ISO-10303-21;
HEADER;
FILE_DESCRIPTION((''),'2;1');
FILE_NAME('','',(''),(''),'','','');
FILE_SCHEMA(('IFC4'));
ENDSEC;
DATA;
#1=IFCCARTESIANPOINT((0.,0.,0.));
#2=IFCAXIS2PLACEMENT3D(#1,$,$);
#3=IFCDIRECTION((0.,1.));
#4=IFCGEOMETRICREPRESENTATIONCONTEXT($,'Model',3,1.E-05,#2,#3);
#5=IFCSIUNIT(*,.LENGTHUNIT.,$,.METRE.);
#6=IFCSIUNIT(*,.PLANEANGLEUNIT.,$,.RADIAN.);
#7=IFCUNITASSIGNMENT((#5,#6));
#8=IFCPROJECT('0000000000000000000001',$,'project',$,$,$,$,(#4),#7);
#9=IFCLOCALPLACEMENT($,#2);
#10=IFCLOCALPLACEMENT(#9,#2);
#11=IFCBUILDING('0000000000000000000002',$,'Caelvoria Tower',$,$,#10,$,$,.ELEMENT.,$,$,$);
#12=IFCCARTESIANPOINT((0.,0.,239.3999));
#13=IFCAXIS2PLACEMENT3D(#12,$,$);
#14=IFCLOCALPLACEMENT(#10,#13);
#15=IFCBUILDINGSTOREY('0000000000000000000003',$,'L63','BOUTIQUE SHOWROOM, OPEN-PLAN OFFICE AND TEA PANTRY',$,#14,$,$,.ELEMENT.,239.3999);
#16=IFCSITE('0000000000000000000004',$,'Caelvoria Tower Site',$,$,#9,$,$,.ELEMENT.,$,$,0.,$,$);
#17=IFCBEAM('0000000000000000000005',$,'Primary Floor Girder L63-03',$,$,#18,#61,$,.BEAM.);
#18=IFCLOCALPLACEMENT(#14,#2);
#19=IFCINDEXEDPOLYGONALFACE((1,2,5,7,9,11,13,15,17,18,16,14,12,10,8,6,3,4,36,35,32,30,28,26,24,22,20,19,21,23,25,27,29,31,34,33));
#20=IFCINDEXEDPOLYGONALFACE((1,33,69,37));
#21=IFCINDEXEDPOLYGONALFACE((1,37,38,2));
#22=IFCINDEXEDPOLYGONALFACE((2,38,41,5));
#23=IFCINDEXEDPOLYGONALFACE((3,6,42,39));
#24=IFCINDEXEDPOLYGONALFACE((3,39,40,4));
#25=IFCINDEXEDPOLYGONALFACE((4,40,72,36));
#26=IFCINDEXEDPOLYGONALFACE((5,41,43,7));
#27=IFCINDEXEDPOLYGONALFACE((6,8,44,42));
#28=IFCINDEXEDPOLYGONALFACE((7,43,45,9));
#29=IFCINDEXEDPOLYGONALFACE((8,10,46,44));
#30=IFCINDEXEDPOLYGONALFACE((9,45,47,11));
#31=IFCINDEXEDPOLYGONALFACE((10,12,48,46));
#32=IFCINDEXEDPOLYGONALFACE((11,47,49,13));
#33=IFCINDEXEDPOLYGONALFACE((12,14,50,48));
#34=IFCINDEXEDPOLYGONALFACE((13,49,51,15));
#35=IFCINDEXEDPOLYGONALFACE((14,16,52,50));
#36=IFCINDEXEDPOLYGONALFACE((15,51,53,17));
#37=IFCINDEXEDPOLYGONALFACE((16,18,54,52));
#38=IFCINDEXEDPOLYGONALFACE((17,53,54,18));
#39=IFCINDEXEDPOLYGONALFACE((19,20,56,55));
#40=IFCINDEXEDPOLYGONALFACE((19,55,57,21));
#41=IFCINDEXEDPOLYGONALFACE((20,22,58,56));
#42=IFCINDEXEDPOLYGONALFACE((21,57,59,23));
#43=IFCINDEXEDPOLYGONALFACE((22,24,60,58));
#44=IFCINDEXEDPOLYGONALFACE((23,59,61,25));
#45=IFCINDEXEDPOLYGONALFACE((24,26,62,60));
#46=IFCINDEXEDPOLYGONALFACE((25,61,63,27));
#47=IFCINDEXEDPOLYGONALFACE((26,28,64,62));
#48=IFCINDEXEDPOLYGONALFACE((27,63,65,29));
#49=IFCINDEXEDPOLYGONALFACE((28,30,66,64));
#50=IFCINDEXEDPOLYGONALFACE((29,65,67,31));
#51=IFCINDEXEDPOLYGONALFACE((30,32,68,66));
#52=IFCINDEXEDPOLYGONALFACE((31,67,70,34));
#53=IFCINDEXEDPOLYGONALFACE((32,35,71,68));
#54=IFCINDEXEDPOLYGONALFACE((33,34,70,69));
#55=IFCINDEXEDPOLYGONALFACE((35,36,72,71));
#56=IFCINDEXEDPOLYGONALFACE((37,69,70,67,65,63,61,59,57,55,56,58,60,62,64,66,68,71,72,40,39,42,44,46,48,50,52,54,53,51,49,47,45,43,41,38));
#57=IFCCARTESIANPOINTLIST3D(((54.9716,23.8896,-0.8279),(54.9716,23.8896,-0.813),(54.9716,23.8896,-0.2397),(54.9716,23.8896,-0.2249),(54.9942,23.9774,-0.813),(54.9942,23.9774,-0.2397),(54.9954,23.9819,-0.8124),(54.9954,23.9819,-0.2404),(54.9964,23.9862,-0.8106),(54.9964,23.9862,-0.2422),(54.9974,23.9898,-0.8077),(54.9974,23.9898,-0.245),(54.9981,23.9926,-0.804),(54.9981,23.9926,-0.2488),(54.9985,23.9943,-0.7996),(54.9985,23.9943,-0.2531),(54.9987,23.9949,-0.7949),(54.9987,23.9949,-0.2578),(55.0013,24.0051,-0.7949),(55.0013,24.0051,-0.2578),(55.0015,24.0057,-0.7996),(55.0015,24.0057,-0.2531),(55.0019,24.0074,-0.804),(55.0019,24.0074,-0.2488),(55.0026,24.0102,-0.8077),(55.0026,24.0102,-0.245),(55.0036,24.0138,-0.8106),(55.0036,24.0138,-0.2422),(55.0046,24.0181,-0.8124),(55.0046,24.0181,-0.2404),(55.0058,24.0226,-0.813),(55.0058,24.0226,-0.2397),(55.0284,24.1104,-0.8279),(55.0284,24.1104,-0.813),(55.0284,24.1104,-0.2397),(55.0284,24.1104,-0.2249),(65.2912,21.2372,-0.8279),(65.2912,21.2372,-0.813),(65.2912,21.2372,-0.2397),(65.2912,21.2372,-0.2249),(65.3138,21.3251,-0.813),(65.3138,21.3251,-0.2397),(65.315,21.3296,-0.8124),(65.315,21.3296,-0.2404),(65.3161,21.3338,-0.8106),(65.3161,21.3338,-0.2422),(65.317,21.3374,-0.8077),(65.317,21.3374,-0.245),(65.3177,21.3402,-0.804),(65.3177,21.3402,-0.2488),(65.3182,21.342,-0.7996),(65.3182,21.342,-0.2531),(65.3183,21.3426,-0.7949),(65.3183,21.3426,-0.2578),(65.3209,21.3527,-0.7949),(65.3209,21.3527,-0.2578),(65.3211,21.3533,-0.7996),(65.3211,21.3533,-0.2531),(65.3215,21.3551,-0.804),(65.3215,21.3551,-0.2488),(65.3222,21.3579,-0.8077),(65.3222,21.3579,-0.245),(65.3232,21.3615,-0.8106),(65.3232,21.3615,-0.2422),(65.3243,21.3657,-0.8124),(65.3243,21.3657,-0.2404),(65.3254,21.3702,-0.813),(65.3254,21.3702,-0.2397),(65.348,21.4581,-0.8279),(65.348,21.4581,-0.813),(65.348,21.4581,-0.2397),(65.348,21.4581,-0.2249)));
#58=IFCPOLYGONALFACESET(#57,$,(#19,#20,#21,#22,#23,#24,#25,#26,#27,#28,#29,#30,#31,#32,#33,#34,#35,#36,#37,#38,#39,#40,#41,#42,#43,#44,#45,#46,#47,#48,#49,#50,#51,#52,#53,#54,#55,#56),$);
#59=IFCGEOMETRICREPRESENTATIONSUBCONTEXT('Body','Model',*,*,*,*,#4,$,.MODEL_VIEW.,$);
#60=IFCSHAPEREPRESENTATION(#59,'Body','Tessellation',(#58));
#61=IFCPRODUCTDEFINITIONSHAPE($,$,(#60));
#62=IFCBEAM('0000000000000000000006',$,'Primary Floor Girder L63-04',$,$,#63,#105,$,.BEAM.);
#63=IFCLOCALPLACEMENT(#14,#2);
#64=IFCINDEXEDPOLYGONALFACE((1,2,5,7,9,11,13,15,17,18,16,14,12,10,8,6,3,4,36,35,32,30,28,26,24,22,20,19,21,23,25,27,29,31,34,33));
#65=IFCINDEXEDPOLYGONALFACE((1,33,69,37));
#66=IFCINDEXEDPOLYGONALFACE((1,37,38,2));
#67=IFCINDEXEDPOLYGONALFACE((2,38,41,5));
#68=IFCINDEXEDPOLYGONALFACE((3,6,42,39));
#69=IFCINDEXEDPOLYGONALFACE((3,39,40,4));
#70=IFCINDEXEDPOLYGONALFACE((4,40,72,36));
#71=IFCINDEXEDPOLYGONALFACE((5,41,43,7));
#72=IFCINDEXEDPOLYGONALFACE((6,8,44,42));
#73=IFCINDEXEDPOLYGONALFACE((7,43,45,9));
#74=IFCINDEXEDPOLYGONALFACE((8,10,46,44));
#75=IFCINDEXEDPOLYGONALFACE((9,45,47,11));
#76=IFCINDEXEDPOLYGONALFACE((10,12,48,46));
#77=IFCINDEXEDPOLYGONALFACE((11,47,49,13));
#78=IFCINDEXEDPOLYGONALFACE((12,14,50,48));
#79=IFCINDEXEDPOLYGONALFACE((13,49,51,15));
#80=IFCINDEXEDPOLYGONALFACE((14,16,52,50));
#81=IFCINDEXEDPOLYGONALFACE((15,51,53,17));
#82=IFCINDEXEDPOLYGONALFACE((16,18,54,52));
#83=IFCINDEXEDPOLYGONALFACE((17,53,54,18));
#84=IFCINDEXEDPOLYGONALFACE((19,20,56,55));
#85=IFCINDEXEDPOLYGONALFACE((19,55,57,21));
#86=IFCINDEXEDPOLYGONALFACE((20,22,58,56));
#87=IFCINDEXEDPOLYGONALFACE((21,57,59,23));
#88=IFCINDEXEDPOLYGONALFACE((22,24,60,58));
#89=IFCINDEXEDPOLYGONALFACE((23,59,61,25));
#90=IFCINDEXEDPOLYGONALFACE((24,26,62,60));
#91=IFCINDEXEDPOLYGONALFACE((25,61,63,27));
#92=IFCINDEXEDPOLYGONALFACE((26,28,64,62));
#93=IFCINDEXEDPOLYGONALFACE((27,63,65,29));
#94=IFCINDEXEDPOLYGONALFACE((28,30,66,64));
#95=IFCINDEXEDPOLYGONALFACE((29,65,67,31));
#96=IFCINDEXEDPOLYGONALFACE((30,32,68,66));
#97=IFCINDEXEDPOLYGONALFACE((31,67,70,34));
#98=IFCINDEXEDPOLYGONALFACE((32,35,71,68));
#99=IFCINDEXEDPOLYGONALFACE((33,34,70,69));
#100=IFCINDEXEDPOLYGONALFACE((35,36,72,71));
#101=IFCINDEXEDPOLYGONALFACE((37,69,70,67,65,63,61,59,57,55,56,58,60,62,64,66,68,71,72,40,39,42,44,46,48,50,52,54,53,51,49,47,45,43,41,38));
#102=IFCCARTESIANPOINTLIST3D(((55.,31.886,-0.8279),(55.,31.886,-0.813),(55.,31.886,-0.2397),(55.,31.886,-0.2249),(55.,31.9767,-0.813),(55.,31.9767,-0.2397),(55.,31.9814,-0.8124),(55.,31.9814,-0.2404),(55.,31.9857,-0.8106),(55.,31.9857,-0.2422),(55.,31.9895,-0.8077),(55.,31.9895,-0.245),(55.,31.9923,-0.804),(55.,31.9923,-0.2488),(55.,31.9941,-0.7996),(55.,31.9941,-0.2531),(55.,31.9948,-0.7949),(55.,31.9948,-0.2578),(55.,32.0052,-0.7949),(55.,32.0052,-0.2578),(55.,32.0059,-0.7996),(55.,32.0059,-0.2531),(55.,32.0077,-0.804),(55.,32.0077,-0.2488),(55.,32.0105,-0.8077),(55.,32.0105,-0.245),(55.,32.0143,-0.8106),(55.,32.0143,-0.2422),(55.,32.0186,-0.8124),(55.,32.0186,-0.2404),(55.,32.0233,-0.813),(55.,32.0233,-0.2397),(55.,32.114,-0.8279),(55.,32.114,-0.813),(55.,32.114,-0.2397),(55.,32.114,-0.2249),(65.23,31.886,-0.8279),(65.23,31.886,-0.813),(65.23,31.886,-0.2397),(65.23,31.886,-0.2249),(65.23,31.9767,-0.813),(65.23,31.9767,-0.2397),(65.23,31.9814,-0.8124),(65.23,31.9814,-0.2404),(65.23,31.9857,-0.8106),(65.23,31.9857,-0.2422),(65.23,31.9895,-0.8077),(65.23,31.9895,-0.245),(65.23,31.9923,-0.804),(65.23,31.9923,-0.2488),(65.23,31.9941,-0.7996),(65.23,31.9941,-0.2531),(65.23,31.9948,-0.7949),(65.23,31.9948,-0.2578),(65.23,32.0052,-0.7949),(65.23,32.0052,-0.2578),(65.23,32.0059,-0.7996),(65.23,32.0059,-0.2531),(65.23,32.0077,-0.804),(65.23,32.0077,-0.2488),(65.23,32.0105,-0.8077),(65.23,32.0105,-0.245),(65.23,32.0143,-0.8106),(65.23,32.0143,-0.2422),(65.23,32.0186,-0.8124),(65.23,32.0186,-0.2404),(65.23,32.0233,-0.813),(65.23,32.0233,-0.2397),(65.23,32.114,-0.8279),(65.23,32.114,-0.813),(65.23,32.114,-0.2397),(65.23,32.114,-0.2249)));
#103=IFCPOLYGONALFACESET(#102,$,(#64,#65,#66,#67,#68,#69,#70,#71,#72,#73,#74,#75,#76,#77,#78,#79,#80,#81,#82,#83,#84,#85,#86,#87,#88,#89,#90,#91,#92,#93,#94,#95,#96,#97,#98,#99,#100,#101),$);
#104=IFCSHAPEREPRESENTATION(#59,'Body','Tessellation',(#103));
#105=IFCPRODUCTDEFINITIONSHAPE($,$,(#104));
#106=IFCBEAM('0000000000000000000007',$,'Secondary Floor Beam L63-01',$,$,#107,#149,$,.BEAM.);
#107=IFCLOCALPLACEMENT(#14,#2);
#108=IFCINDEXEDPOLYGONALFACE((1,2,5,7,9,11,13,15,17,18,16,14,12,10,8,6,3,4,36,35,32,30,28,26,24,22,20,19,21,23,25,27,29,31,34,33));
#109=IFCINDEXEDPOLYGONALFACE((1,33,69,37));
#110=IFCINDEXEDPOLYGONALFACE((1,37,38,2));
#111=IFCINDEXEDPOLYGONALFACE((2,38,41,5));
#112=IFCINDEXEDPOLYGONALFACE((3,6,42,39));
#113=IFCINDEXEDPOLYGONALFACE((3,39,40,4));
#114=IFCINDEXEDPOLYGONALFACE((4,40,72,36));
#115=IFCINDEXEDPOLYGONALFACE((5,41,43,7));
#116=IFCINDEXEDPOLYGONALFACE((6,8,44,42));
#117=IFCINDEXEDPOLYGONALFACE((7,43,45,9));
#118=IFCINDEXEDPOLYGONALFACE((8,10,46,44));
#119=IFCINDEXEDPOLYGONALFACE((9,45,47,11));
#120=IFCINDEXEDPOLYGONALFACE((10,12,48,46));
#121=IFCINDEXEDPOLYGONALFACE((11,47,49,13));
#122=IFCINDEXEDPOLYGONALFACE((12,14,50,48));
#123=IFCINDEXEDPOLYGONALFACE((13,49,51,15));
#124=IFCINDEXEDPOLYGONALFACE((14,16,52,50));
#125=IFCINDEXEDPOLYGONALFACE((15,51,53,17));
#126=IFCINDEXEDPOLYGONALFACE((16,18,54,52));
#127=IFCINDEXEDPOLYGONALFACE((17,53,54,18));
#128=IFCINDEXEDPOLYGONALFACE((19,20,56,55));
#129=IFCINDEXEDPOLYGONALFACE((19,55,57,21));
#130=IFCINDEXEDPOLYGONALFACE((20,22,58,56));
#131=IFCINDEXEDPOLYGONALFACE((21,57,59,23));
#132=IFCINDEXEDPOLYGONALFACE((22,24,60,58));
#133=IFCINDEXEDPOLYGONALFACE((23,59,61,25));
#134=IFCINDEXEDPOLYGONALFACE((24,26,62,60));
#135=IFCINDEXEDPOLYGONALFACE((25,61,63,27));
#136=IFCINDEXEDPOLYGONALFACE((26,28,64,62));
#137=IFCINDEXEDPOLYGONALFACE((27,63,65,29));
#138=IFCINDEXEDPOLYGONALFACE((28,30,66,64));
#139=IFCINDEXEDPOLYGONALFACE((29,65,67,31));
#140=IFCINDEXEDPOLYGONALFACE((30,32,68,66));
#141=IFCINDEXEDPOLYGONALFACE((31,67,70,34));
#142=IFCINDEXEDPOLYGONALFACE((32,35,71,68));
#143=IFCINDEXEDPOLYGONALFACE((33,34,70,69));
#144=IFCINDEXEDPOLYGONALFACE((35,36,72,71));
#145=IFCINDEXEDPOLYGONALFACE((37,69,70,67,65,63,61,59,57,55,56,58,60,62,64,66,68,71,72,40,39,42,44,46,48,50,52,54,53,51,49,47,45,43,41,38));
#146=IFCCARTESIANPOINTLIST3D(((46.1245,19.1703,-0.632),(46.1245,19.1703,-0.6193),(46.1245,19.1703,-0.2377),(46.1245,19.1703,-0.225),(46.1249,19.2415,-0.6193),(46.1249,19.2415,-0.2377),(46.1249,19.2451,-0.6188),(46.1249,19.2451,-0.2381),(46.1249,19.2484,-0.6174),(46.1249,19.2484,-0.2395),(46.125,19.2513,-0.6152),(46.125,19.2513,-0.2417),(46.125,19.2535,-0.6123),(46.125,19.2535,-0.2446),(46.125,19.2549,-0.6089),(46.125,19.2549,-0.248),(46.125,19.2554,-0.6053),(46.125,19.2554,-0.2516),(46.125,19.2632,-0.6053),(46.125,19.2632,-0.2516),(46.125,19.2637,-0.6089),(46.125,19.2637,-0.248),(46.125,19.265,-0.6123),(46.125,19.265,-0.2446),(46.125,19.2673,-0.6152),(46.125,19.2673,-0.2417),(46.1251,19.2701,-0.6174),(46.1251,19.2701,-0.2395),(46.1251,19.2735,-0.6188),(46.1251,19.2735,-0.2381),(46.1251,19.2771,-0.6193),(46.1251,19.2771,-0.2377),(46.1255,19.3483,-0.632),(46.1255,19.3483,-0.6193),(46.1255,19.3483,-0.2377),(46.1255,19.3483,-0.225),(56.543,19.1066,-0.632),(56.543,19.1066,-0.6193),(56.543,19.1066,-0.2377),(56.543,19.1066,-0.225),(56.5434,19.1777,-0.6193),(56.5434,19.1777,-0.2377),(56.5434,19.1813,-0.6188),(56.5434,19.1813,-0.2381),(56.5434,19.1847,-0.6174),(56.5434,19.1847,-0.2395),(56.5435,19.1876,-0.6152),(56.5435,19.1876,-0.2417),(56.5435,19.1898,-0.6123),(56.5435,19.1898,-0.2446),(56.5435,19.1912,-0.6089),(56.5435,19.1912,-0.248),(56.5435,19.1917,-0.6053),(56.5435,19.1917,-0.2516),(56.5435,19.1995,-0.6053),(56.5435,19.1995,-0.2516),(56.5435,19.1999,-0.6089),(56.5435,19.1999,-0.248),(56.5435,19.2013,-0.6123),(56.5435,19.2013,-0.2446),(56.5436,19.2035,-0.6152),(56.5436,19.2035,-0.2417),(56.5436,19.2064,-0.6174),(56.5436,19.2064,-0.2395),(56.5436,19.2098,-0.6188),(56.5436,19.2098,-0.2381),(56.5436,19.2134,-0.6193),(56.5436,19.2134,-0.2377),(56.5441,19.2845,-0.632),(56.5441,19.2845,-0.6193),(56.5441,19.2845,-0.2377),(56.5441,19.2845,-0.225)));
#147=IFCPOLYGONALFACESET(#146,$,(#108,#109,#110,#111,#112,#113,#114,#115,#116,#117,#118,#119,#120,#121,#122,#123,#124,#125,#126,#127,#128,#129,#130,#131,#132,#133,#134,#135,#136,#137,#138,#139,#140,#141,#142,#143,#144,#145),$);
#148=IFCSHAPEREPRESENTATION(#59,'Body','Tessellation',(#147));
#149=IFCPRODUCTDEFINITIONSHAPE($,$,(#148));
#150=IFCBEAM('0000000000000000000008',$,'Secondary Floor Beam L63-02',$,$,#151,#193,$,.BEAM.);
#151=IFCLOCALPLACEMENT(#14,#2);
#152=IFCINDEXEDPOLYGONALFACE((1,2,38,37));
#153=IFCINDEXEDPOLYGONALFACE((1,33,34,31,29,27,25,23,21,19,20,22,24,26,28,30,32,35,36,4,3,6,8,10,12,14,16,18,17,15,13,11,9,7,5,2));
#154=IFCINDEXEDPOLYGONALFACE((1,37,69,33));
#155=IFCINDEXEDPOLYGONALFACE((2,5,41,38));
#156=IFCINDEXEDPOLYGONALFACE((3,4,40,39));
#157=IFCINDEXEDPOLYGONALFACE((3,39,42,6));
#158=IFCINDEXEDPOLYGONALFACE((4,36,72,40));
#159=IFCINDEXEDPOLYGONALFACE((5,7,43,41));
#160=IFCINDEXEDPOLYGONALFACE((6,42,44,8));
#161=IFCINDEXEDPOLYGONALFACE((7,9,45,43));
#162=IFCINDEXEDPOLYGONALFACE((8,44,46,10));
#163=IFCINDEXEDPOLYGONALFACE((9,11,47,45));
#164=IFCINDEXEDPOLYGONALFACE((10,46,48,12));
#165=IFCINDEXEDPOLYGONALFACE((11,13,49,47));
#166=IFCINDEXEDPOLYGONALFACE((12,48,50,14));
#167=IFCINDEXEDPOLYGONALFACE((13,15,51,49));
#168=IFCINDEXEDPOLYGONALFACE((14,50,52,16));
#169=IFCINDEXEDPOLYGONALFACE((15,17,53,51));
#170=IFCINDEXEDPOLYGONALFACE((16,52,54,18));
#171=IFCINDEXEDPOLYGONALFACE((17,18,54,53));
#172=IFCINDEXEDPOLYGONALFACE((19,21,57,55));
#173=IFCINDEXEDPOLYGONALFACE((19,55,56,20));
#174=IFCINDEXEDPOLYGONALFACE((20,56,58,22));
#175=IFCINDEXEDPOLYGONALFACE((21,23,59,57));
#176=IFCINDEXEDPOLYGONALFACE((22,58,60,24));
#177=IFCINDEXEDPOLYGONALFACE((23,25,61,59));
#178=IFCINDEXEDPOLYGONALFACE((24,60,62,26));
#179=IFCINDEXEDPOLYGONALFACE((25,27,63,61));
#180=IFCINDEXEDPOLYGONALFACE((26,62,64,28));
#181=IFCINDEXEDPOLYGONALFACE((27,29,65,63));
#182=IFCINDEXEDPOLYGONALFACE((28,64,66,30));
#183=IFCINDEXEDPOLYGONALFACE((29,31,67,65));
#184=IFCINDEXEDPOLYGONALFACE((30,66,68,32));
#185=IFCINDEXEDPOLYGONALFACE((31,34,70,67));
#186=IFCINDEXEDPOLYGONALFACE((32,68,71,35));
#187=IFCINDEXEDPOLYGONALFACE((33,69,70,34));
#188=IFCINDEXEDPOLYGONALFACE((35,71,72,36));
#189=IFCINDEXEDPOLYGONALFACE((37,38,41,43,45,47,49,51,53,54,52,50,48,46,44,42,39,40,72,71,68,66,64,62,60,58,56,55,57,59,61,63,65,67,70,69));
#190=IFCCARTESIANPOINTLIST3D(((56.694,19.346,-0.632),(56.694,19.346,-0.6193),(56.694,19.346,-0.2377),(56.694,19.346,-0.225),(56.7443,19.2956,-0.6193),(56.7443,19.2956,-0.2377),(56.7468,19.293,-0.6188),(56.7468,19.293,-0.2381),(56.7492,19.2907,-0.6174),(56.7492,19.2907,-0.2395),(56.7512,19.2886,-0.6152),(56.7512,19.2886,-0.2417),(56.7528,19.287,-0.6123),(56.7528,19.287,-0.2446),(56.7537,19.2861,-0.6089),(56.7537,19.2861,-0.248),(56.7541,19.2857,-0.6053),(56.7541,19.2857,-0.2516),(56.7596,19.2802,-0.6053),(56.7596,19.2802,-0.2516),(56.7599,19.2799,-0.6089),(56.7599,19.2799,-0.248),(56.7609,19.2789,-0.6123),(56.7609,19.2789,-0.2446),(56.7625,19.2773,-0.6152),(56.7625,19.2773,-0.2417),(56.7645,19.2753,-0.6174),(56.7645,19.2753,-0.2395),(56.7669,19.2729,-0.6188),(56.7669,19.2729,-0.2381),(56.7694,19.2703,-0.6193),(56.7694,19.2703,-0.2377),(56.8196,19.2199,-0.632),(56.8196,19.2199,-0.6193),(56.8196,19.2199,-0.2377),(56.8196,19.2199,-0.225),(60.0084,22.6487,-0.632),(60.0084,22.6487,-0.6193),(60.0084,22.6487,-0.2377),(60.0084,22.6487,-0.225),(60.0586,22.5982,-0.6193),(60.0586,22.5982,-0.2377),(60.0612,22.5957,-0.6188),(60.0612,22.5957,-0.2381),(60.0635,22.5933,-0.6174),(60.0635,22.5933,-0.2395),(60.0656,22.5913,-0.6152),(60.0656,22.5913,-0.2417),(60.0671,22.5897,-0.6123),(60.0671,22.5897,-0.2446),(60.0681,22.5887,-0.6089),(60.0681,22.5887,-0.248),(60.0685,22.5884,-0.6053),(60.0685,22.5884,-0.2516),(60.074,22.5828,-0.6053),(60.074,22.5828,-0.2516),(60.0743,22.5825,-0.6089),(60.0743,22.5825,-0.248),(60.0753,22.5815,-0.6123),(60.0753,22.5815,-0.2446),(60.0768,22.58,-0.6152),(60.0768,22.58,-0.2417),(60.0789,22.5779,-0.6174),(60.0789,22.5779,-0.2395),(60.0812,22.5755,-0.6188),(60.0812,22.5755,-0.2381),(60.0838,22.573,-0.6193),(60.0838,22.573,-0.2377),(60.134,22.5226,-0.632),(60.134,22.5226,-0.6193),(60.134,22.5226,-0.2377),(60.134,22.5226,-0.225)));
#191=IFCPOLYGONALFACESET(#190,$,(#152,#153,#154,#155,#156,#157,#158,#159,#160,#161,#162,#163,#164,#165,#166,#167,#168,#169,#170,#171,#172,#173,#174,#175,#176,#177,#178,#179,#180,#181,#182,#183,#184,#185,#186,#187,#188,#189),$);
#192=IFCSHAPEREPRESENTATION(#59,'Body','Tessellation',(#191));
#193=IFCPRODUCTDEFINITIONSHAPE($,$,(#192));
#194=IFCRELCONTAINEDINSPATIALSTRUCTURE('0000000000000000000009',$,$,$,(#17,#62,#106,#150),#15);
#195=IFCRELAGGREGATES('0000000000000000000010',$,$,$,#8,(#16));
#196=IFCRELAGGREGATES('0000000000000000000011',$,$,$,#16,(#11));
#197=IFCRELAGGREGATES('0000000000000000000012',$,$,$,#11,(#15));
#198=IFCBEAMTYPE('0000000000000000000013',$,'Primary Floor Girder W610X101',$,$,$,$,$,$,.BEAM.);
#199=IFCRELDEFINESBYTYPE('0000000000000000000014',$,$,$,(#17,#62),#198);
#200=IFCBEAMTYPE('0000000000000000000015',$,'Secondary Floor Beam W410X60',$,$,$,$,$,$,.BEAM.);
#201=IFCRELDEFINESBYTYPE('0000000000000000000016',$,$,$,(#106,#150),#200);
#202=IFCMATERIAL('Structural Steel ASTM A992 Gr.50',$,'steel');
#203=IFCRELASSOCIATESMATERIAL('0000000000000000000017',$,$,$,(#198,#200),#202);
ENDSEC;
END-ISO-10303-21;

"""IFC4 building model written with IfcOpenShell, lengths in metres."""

from ifc_helpers import new_model, si_unit, direction, frame, origin, origin_2d, place, context, subcontext, project, spatial, i_section, extrude, material, material_profile, profile_set, type_object, element, save


model = new_model("IFC4")

# Units and contexts
model_context = context("Model", 3, precision=1e-05, world=origin(), true_north=direction((0.0, 1.0)))
body_context = subcontext(model_context, "Body", "Model", "MODEL_VIEW")
ifc_project = project(units=[si_unit("LENGTHUNIT", "METRE"), si_unit("PLANEANGLEUNIT", "RADIAN")], contexts=[model_context])

# Site, building, storey
site_placement = place(None, origin())
site = spatial("IfcSite", under=ifc_project, at=site_placement, Name="Caelvoria Tower Site", CompositionType="ELEMENT", RefElevation=0.0)
building_placement = place(site_placement, origin())
building = spatial("IfcBuilding", under=site, at=building_placement, Name="Caelvoria Tower", CompositionType="ELEMENT")
storey_placement = place(building_placement, frame((0.0, 0.0, 239.3999)))
storey = spatial("IfcBuildingStorey", under=building, at=storey_placement, Name="L63", Description="BOUTIQUE SHOWROOM, OPEN-PLAN OFFICE AND TEA PANTRY", CompositionType="ELEMENT", Elevation=239.3999)

# Beams
ifc_material_1 = material(Name="Structural Steel ASTM A992 Gr.50", Category="steel")
ifc_material_profile_1 = material_profile(ifc_material_1, i_section(OverallWidth=0.228, OverallDepth=0.603, WebThickness=0.0105, FlangeThickness=0.0149, FilletRadius=0.0181, at=origin_2d()), Name="Structural Steel ASTM A992 Gr.50")
ifc_profile_set_1 = profile_set([ifc_material_profile_1], Name="W610X101 - Structural Steel ASTM A992 Gr.50")
beam_type_1 = type_object("IfcBeamType", Name="Primary Floor Girder W610X101", PredefinedType="BEAM", material=ifc_profile_set_1)
beam_1_placement = place(storey_placement, frame((55.0, 24.0, -0.5264), z_axis=(0.968522, -0.24893, 0.0), x_axis=(0.24893, 0.968522, 0.0)))
element("IfcBeam", 1, at=beam_1_placement, inside=storey, type_object=beam_type_1, Name="Primary Floor Girder L63-03", PredefinedType="BEAM", context=body_context, shape_type="SweptSolid", body=[
    extrude(i_section(OverallWidth=0.228, OverallDepth=0.603, WebThickness=0.0105, FlangeThickness=0.0149, FilletRadius=0.0181, at=origin_2d()), origin(), (0.0, 0.0, 1.0), 10.655),
])
beam_2_placement = place(storey_placement, frame((55.0, 32.0, -0.5264), z_axis=(1.0, 0.0, 0.0), x_axis=(0.0, 1.0, 0.0)))
element("IfcBeam", 2, at=beam_2_placement, inside=storey, type_object=beam_type_1, Name="Primary Floor Girder L63-04", PredefinedType="BEAM", context=body_context, shape_type="SweptSolid", body=[
    extrude(i_section(OverallWidth=0.228, OverallDepth=0.603, WebThickness=0.0105, FlangeThickness=0.0149, FilletRadius=0.0181, at=origin_2d()), origin(), (0.0, 0.0, 1.0), 10.23),
])
ifc_material_profile_2 = material_profile(ifc_material_1, i_section(OverallWidth=0.178, OverallDepth=0.407, WebThickness=0.0078, FlangeThickness=0.0127, FilletRadius=0.0139, at=origin_2d()), Name="Structural Steel ASTM A992 Gr.50")
ifc_profile_set_2 = profile_set([ifc_material_profile_2], Name="W410X60 - Structural Steel ASTM A992 Gr.50")
beam_type_2 = type_object("IfcBeamType", Name="Secondary Floor Beam W410X60", PredefinedType="BEAM", material=ifc_profile_set_2)
beam_3_placement = place(storey_placement, frame((46.125, 19.2593, -0.4285), z_axis=(0.999981, -0.006116, 0.0), x_axis=(0.006116, 0.999981, 0.0)))
element("IfcBeam", 3, at=beam_3_placement, inside=storey, type_object=beam_type_2, Name="Secondary Floor Beam L63-01", PredefinedType="BEAM", context=body_context, shape_type="SweptSolid", body=[
    extrude(i_section(OverallWidth=0.178, OverallDepth=0.407, WebThickness=0.0078, FlangeThickness=0.0127, FilletRadius=0.0139, at=origin_2d()), origin(), (0.0, 0.0, 1.0), 10.4187),
])
beam_4_placement = place(storey_placement, frame((56.7568, 19.283, -0.4285), z_axis=(0.708358, 0.705853, 0.0), x_axis=(-0.705853, 0.708358, 0.0)))
element("IfcBeam", 4, at=beam_4_placement, inside=storey, type_object=beam_type_2, Name="Secondary Floor Beam L63-02", PredefinedType="BEAM", context=body_context, shape_type="SweptSolid", body=[
    extrude(i_section(OverallWidth=0.178, OverallDepth=0.407, WebThickness=0.0078, FlangeThickness=0.0127, FilletRadius=0.0139, at=origin_2d()), origin(), (0.0, 0.0, 1.0), 4.679),
])

save(model, "model.ifc")
